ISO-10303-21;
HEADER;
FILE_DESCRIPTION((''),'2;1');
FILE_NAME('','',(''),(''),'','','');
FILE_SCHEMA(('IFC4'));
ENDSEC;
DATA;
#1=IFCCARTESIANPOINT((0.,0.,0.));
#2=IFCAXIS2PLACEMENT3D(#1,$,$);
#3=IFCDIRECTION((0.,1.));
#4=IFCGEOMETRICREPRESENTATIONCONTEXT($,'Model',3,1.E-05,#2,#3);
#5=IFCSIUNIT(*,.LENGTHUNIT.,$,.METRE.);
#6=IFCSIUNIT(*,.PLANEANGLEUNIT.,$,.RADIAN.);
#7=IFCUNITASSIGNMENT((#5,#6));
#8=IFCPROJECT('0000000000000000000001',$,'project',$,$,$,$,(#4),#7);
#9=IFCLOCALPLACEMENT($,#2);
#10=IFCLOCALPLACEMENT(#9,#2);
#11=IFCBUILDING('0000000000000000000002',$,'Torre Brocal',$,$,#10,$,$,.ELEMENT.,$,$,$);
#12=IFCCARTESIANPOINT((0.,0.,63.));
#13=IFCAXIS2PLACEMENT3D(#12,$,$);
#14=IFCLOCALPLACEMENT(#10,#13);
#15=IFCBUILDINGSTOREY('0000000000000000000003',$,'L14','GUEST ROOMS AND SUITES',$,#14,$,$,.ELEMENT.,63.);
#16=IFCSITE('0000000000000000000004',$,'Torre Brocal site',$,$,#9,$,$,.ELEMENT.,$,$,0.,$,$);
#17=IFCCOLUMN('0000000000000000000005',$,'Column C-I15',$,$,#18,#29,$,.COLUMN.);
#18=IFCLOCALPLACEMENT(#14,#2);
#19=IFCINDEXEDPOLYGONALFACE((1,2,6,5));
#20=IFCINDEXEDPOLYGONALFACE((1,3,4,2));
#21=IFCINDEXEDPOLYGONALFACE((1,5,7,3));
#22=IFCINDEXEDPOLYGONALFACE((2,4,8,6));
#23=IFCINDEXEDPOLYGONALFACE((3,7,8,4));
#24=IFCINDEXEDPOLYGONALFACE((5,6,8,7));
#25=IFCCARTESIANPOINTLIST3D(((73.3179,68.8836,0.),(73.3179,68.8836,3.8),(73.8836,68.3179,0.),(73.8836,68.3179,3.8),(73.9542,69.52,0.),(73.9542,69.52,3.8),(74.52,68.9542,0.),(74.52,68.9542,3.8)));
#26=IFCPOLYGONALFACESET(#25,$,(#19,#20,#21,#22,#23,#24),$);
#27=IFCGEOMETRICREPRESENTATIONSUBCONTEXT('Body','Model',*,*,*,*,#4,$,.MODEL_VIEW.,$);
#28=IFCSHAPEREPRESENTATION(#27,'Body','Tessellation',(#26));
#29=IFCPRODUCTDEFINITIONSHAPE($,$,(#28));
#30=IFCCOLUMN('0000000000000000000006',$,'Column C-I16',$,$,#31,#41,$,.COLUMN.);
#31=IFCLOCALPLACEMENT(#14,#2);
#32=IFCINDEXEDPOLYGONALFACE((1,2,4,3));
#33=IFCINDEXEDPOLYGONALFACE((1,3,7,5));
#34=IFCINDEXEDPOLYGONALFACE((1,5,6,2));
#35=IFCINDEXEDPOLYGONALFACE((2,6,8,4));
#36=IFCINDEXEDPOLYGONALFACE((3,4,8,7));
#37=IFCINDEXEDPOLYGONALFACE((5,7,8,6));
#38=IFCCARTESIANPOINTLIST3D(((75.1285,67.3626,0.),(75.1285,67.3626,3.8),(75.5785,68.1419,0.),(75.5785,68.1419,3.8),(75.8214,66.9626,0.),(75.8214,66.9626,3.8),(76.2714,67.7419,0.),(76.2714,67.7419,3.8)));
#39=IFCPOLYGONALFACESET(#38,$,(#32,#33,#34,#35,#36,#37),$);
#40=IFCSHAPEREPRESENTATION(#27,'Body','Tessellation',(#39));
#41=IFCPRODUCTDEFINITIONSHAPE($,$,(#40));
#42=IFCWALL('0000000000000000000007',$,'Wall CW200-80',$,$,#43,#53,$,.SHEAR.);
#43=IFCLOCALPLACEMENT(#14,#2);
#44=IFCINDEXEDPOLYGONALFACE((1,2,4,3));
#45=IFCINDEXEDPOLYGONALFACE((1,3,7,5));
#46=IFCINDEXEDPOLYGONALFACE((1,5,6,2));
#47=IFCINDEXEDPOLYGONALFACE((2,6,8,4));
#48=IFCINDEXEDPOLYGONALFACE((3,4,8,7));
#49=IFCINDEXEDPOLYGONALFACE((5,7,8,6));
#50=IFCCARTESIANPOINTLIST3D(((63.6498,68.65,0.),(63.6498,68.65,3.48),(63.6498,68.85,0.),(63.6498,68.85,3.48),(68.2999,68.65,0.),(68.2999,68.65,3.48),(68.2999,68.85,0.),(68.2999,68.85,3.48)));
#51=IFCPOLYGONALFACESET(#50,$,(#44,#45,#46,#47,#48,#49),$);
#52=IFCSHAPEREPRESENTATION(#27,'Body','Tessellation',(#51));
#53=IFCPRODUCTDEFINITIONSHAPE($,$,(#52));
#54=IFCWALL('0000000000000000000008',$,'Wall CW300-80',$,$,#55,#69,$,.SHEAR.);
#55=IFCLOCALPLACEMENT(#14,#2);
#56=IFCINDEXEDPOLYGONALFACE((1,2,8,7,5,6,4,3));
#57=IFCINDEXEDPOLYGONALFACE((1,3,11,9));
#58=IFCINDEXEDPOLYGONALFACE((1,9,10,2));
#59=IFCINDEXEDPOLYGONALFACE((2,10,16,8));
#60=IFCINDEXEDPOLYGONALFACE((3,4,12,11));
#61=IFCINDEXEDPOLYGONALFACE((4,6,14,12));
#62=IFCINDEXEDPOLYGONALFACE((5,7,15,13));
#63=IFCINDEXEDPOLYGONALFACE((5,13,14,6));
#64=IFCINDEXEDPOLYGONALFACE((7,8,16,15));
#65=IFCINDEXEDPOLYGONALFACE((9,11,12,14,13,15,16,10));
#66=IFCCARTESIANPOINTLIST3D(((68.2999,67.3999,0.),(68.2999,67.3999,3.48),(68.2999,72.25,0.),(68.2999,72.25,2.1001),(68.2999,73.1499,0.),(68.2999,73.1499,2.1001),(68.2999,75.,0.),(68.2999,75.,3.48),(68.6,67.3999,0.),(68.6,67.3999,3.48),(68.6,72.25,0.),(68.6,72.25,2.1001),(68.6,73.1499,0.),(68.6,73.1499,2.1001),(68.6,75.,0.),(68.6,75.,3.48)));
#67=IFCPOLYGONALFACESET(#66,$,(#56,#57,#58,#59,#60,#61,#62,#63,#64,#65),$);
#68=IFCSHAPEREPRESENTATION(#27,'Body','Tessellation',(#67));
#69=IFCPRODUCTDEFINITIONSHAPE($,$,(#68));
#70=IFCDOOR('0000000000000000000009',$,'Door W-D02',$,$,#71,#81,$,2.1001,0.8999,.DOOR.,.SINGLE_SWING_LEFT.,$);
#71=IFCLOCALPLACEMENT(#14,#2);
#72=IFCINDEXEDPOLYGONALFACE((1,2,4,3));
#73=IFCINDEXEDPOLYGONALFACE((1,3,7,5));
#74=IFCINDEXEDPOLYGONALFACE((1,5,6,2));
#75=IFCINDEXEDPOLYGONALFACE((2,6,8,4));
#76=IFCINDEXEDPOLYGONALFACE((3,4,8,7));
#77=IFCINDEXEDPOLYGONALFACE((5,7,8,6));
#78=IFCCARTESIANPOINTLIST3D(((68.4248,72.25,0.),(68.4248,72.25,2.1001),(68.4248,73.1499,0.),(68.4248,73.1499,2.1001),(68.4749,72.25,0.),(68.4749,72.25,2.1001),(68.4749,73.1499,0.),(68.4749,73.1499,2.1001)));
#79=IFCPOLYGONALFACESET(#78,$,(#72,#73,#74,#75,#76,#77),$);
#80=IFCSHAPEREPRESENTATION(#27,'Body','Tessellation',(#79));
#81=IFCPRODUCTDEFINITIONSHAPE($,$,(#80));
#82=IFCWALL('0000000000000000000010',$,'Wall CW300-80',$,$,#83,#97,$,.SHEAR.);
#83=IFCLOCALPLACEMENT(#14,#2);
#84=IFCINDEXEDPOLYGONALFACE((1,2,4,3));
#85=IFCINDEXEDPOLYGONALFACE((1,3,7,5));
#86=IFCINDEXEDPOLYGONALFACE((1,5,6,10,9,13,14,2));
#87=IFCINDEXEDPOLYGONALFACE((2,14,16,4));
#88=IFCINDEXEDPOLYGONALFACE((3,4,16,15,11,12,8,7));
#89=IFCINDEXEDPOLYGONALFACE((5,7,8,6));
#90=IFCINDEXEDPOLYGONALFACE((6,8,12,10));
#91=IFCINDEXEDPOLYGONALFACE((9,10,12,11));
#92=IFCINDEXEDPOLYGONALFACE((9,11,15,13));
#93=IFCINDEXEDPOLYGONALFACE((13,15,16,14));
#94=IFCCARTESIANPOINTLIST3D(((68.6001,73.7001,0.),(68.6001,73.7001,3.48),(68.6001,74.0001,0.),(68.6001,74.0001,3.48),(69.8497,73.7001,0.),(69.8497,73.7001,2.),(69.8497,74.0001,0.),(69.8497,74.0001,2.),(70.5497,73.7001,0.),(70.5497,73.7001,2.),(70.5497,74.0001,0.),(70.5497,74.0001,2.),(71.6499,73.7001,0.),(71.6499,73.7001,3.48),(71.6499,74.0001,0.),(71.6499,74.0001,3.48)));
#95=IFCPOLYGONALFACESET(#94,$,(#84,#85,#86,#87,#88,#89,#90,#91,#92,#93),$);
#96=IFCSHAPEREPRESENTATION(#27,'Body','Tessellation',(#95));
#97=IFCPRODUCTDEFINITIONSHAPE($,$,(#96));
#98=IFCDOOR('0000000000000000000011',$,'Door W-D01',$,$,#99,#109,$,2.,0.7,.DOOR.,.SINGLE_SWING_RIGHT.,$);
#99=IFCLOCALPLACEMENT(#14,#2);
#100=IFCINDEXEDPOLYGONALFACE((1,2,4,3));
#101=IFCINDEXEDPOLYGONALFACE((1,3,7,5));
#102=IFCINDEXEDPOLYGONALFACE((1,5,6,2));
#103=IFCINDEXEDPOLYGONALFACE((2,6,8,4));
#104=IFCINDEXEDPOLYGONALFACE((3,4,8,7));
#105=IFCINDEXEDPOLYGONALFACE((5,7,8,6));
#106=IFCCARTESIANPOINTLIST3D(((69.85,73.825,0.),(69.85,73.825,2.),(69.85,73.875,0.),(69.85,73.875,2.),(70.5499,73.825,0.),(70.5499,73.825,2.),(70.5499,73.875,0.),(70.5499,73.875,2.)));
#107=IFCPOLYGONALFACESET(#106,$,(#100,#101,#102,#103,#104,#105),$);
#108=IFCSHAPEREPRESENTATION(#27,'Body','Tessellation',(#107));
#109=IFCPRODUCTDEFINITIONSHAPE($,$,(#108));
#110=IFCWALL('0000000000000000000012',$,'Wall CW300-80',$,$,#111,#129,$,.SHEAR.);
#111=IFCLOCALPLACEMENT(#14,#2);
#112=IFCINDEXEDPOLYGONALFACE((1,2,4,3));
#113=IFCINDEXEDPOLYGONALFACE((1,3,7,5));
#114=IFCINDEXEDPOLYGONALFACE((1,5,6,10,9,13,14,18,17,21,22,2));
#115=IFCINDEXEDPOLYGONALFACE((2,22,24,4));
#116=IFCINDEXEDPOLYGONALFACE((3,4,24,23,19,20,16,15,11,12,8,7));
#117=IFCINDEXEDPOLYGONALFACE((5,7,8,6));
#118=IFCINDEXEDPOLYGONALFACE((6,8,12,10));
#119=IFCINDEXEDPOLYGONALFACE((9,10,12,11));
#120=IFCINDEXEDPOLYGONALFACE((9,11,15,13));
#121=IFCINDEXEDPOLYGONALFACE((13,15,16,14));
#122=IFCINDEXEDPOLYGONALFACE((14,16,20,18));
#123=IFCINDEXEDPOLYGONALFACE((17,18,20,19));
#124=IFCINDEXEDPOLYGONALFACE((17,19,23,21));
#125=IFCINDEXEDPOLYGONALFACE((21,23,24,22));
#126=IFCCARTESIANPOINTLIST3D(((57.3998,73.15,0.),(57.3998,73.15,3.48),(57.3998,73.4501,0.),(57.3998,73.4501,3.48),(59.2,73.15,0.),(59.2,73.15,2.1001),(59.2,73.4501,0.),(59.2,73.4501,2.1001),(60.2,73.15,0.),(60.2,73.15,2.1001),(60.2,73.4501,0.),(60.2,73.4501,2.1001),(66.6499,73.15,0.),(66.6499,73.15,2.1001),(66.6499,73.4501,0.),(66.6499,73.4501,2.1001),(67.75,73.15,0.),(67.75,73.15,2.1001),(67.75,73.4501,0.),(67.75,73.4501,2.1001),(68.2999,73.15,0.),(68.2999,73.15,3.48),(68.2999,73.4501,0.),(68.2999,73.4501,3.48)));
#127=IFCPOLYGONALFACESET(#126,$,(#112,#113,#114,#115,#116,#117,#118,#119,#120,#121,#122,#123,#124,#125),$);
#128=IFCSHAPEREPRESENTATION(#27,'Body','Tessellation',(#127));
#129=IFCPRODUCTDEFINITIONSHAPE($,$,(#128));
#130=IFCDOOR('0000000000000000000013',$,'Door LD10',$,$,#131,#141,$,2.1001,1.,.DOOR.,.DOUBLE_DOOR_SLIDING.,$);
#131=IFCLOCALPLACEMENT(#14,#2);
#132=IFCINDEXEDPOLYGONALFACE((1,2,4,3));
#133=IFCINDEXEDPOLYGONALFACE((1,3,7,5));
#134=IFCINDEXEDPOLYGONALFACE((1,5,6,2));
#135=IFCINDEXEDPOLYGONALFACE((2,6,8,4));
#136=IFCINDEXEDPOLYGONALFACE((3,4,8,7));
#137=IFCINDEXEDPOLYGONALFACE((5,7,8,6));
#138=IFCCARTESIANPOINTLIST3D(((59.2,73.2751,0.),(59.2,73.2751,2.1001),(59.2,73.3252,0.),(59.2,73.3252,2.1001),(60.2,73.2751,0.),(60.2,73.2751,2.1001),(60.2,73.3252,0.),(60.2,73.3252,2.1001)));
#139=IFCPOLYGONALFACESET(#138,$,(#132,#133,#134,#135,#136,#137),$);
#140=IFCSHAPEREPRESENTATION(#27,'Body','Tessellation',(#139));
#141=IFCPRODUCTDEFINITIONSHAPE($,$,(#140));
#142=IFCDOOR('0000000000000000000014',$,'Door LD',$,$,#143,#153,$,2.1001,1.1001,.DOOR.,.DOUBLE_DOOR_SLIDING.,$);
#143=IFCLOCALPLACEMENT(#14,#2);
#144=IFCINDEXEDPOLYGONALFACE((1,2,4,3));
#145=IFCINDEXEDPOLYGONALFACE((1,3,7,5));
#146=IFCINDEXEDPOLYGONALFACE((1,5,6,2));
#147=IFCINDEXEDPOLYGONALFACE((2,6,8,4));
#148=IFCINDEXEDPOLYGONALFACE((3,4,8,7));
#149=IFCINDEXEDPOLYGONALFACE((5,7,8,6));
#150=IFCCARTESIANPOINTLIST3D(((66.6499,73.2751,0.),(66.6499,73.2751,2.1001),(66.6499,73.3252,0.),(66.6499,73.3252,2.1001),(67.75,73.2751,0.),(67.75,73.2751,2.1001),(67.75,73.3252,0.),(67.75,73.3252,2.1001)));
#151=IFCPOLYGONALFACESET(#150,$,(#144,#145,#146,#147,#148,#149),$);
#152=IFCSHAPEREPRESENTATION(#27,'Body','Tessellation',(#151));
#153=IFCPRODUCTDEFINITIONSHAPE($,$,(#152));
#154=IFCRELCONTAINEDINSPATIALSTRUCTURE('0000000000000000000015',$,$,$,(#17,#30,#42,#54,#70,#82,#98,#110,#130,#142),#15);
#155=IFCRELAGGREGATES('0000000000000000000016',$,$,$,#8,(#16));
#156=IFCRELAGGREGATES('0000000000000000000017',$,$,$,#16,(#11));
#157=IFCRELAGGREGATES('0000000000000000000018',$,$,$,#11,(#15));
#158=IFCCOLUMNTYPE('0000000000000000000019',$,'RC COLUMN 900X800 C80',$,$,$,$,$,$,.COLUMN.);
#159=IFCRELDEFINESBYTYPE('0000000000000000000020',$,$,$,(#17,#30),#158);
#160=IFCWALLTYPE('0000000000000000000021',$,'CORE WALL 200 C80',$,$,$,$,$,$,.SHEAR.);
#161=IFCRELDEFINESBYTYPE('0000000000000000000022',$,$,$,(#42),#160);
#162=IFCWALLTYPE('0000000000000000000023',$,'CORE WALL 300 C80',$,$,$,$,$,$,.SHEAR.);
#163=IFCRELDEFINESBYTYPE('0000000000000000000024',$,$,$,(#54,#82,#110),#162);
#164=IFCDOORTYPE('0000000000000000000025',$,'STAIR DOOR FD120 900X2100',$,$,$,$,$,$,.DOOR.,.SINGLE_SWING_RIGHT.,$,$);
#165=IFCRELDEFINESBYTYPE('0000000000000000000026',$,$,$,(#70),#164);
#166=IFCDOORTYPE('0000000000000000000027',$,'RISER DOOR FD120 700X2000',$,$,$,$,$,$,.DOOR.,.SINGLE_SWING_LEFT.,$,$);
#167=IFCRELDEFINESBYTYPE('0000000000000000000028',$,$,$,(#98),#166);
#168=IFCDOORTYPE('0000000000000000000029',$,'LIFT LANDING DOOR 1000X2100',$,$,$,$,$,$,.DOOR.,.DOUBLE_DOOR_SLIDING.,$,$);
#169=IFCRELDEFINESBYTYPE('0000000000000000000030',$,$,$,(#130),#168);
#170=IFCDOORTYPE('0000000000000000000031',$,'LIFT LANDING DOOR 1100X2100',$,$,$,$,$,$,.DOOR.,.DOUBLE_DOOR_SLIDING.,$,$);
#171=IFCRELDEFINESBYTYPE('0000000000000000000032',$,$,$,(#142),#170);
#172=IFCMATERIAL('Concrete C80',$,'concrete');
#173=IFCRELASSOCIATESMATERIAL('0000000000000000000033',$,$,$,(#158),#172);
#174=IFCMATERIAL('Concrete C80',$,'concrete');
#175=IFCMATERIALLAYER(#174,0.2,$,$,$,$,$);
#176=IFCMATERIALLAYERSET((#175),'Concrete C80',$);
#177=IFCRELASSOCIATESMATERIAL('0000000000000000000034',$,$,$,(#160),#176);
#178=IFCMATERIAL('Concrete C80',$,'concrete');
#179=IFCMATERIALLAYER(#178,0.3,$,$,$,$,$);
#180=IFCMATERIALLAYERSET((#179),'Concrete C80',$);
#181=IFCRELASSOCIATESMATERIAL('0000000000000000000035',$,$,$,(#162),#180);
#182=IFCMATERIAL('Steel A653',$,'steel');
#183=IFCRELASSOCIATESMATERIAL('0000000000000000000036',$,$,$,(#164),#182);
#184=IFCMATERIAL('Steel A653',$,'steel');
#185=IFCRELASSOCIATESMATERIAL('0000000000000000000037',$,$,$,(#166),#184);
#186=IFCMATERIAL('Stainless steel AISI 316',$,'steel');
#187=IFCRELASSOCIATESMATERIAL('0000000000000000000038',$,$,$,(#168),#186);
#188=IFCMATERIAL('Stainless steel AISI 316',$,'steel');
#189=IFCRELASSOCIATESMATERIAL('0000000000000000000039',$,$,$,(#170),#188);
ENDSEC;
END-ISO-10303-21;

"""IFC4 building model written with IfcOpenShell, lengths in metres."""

from ifc_helpers import new_model, si_unit, direction, frame, frame_2d, origin, origin_2d, place, context, subcontext, project, spatial, rectangle, extrude, material, layer, layer_set, material_profile, profile_set, type_object, element, fill, save


model = new_model("IFC4")

# Units and contexts
model_context = context("Model", 3, precision=1e-05, world=origin(), true_north=direction((0.0, 1.0)))
body_context = subcontext(model_context, "Body", "Model", "MODEL_VIEW")
ifc_project = project(units=[si_unit("LENGTHUNIT", "METRE"), si_unit("PLANEANGLEUNIT", "RADIAN")], contexts=[model_context])

# Site, building, storey
site_placement = place(None, origin())
site = spatial("IfcSite", under=ifc_project, at=site_placement, Name="Torre Brocal site", CompositionType="ELEMENT", RefElevation=0.0)
building_placement = place(site_placement, origin())
building = spatial("IfcBuilding", under=site, at=building_placement, Name="Torre Brocal", CompositionType="ELEMENT")
storey_placement = place(building_placement, frame((0.0, 0.0, 63.0)))
storey = spatial("IfcBuildingStorey", under=building, at=storey_placement, Name="L14", Description="GUEST ROOMS AND SUITES", CompositionType="ELEMENT", Elevation=63.0)

# Columns
ifc_material_1 = material(Name="Concrete C80", Category="concrete")
ifc_material_profile = material_profile(ifc_material_1, rectangle(XDim=0.8999, YDim=0.8, at=origin_2d()), Name="RC 900X800")
ifc_profile_set = profile_set([ifc_material_profile], Name="Concrete C80")
column_type = type_object("IfcColumnType", Name="RC COLUMN 900X800 C80", PredefinedType="COLUMN", material=ifc_profile_set)
for number, where, z_axis, x_axis, name in (
    (1, (73.9189, 68.9189, 0.0), (0.0, 0.0, 1.0), (-0.707107, -0.707107, 0.0), "Column C-I15"),
    (2, (75.7, 67.5522, 0.0), (0.0, 0.0, 1.0), (-0.5, -0.866025, 0.0), "Column C-I16"),
):
    element("IfcColumn", number, at=place(storey_placement, frame(where, z_axis=z_axis, x_axis=x_axis)), inside=storey, type_object=column_type, Name=name, PredefinedType="COLUMN", context=body_context, shape_type="SweptSolid", body=[
        extrude(rectangle(XDim=0.8999, YDim=0.8, at=origin_2d()), origin(), (0.0, 0.0, 1.0), 3.8),
    ])

# Wall
ifc_material_2 = material(Name="Concrete C80", Category="concrete")
ifc_layer_1 = layer(ifc_material_2, 0.2)
ifc_layer_set_1 = layer_set([ifc_layer_1], Name="Concrete C80")
wall_type_1 = type_object("IfcWallType", Name="CORE WALL 200 C80", PredefinedType="SHEAR", material=ifc_layer_set_1)
wall_1_placement = place(storey_placement, frame((68.3, 68.75, 0.0), z_axis=(0.0, 0.0, 1.0), x_axis=(-1.0, 0.0, 0.0)))
element("IfcWall", 3, at=wall_1_placement, inside=storey, type_object=wall_type_1, Name="Wall CW200-80", PredefinedType="SHEAR", context=body_context, shape_type="SweptSolid", body=[
    extrude(rectangle(XDim=4.6501, YDim=0.2, at=frame_2d((2.3252, 0.0))), origin(), (0.0, 0.0, 1.0), 3.48),
])

# Walls, openings, doors
ifc_material_3 = material(Name="Concrete C80", Category="concrete")
ifc_layer_2 = layer(ifc_material_3, 0.3)
ifc_layer_set_2 = layer_set([ifc_layer_2], Name="Concrete C80")
wall_type_2 = type_object("IfcWallType", Name="CORE WALL 300 C80", PredefinedType="SHEAR", material=ifc_layer_set_2)
wall_2_placement = place(storey_placement, frame((68.45, 75.0, 0.0), z_axis=(0.0, 0.0, 1.0), x_axis=(0.0, -1.0, 0.0)))
wall_2 = element("IfcWall", 4, at=wall_2_placement, inside=storey, type_object=wall_type_2, Name="Wall CW300-80", PredefinedType="SHEAR", context=body_context, shape_type="SweptSolid", body=[
    extrude(rectangle(XDim=7.6001, YDim=0.3, at=frame_2d((3.8, 0.0))), origin(), (0.0, 0.0, 1.0), 3.48),
])
opening_1_placement = place(wall_2_placement, frame((1.8501, 0.0, 0.0)))
opening_1 = element("IfcOpeningElement", 5, at=opening_1_placement, cuts=wall_2, PredefinedType="OPENING", context=body_context, shape_type="SweptSolid", body=[
    extrude(rectangle(XDim=0.8999, YDim=2.1001, at=frame_2d((0.45, 1.05))), frame((0.0, 0.1599, 0.0), z_axis=(0.0, -1.0, 0.0), x_axis=(1.0, 0.0, 0.0)), (0.0, 0.0, 1.0), 0.3201),
])
ifc_material_4 = material(Name="Steel A653", Category="steel")
door_type_1 = type_object("IfcDoorType", Name="STAIR DOOR FD120 900X2100", OperationType="SINGLE_SWING_RIGHT", PredefinedType="DOOR", material=ifc_material_4)
door_1_placement = place(opening_1_placement, origin())
door_1 = element("IfcDoor", 6, at=door_1_placement, inside=storey, type_object=door_type_1, Name="Door W-D02", OperationType="SINGLE_SWING_LEFT", OverallHeight=2.1001, OverallWidth=0.8999, PredefinedType="DOOR", context=body_context, shape_type="SweptSolid", body=[
    extrude(rectangle(XDim=0.8999, YDim=2.1001, at=frame_2d((0.45, 1.05))), frame((0.0, 0.0249, 0.0), z_axis=(0.0, -1.0, 0.0), x_axis=(1.0, 0.0, 0.0)), (0.0, 0.0, 1.0), 0.05),
])
fill(opening_1, door_1)
wall_3_placement = place(storey_placement, frame((71.6499, 73.8501, 0.0), z_axis=(0.0, 0.0, 1.0), x_axis=(-1.0, 0.0, 0.0)))
wall_3 = element("IfcWall", 7, at=wall_3_placement, inside=storey, type_object=wall_type_2, Name="Wall CW300-80", PredefinedType="SHEAR", context=body_context, shape_type="SweptSolid", body=[
    extrude(rectangle(XDim=3.0498, YDim=0.3, at=frame_2d((1.5249, 0.0))), origin(), (0.0, 0.0, 1.0), 3.48),
])
opening_2_placement = place(wall_3_placement, frame((1.1001, 0.0, 0.0)))
opening_2 = element("IfcOpeningElement", 8, at=opening_2_placement, cuts=wall_3, PredefinedType="OPENING", context=body_context, shape_type="SweptSolid", body=[
    extrude(rectangle(XDim=0.7, YDim=2.0, at=frame_2d((0.3501, 1.0))), frame((0.0, 0.1599, 0.0), z_axis=(0.0, -1.0, 0.0), x_axis=(1.0, 0.0, 0.0)), (0.0, 0.0, 1.0), 0.3201),
])
ifc_material_5 = material(Name="Steel A653", Category="steel")
door_type_2 = type_object("IfcDoorType", Name="RISER DOOR FD120 700X2000", OperationType="SINGLE_SWING_LEFT", PredefinedType="DOOR", material=ifc_material_5)
door_2_placement = place(opening_2_placement, frame((0.7, 0.0, 0.0), z_axis=(0.0, 0.0, 1.0), x_axis=(-1.0, 0.0, 0.0)))
door_2 = element("IfcDoor", 9, at=door_2_placement, inside=storey, type_object=door_type_2, Name="Door W-D01", OperationType="SINGLE_SWING_RIGHT", OverallHeight=2.0, OverallWidth=0.7, PredefinedType="DOOR", context=body_context, shape_type="SweptSolid", body=[
    extrude(rectangle(XDim=0.7, YDim=2.0, at=frame_2d((0.3501, 1.0))), frame((0.0, 0.0249, 0.0), z_axis=(0.0, -1.0, 0.0), x_axis=(1.0, 0.0, 0.0)), (0.0, 0.0, 1.0), 0.05),
])
fill(opening_2, door_2)

# Wall, openings, doors
wall_4_placement = place(storey_placement, frame((68.3, 73.3, 0.0), z_axis=(0.0, 0.0, 1.0), x_axis=(-1.0, 0.0, 0.0)))
wall_4 = element("IfcWall", 10, at=wall_4_placement, inside=storey, type_object=wall_type_2, Name="Wall CW300-80", PredefinedType="SHEAR", context=body_context, shape_type="SweptSolid", body=[
    extrude(rectangle(XDim=10.9001, YDim=0.3, at=frame_2d((5.4502, 0.0))), origin(), (0.0, 0.0, 1.0), 3.48),
])
opening_3_placement = place(wall_4_placement, frame((0.55, 0.0, 0.0)))
opening_3 = element("IfcOpeningElement", 11, at=opening_3_placement, cuts=wall_4, PredefinedType="OPENING", context=body_context, shape_type="SweptSolid", body=[
    extrude(rectangle(XDim=1.1001, YDim=2.1001, at=frame_2d((0.55, 1.05))), frame((0.0, 0.1599, 0.0), z_axis=(0.0, -1.0, 0.0), x_axis=(1.0, 0.0, 0.0)), (0.0, 0.0, 1.0), 0.3201),
])
opening_4_placement = place(wall_4_placement, frame((8.1001, 0.0, 0.0)))
opening_4 = element("IfcOpeningElement", 12, at=opening_4_placement, cuts=wall_4, PredefinedType="OPENING", context=body_context, shape_type="SweptSolid", body=[
    extrude(rectangle(XDim=1.0, YDim=2.1001, at=frame_2d((0.5, 1.05))), frame((0.0, 0.1599, 0.0), z_axis=(0.0, -1.0, 0.0), x_axis=(1.0, 0.0, 0.0)), (0.0, 0.0, 1.0), 0.3201),
])
ifc_material_6 = material(Name="Stainless steel AISI 316", Category="steel")
door_type_3 = type_object("IfcDoorType", Name="LIFT LANDING DOOR 1000X2100", OperationType="DOUBLE_DOOR_SLIDING", PredefinedType="DOOR", material=ifc_material_6)
door_3_placement = place(opening_4_placement, origin())
door_3 = element("IfcDoor", 13, at=door_3_placement, inside=storey, type_object=door_type_3, Name="Door LD10", OperationType="DOUBLE_DOOR_SLIDING", OverallHeight=2.1001, OverallWidth=1.0, PredefinedType="DOOR", context=body_context, shape_type="SweptSolid", body=[
    extrude(rectangle(XDim=1.0, YDim=2.1001, at=frame_2d((0.5, 1.05))), frame((0.0, 0.0249, 0.0), z_axis=(0.0, -1.0, 0.0), x_axis=(1.0, 0.0, 0.0)), (0.0, 0.0, 1.0), 0.05),
])
fill(opening_4, door_3)
ifc_material_7 = material(Name="Stainless steel AISI 316", Category="steel")
door_type_4 = type_object("IfcDoorType", Name="LIFT LANDING DOOR 1100X2100", OperationType="DOUBLE_DOOR_SLIDING", PredefinedType="DOOR", material=ifc_material_7)
door_4_placement = place(opening_3_placement, origin())
door_4 = element("IfcDoor", 14, at=door_4_placement, inside=storey, type_object=door_type_4, Name="Door LD", OperationType="DOUBLE_DOOR_SLIDING", OverallHeight=2.1001, OverallWidth=1.1001, PredefinedType="DOOR", context=body_context, shape_type="SweptSolid", body=[
    extrude(rectangle(XDim=1.1001, YDim=2.1001, at=frame_2d((0.55, 1.05))), frame((0.0, 0.0249, 0.0), z_axis=(0.0, -1.0, 0.0), x_axis=(1.0, 0.0, 0.0)), (0.0, 0.0, 1.0), 0.05),
])
fill(opening_3, door_4)

save(model, "model.ifc")
